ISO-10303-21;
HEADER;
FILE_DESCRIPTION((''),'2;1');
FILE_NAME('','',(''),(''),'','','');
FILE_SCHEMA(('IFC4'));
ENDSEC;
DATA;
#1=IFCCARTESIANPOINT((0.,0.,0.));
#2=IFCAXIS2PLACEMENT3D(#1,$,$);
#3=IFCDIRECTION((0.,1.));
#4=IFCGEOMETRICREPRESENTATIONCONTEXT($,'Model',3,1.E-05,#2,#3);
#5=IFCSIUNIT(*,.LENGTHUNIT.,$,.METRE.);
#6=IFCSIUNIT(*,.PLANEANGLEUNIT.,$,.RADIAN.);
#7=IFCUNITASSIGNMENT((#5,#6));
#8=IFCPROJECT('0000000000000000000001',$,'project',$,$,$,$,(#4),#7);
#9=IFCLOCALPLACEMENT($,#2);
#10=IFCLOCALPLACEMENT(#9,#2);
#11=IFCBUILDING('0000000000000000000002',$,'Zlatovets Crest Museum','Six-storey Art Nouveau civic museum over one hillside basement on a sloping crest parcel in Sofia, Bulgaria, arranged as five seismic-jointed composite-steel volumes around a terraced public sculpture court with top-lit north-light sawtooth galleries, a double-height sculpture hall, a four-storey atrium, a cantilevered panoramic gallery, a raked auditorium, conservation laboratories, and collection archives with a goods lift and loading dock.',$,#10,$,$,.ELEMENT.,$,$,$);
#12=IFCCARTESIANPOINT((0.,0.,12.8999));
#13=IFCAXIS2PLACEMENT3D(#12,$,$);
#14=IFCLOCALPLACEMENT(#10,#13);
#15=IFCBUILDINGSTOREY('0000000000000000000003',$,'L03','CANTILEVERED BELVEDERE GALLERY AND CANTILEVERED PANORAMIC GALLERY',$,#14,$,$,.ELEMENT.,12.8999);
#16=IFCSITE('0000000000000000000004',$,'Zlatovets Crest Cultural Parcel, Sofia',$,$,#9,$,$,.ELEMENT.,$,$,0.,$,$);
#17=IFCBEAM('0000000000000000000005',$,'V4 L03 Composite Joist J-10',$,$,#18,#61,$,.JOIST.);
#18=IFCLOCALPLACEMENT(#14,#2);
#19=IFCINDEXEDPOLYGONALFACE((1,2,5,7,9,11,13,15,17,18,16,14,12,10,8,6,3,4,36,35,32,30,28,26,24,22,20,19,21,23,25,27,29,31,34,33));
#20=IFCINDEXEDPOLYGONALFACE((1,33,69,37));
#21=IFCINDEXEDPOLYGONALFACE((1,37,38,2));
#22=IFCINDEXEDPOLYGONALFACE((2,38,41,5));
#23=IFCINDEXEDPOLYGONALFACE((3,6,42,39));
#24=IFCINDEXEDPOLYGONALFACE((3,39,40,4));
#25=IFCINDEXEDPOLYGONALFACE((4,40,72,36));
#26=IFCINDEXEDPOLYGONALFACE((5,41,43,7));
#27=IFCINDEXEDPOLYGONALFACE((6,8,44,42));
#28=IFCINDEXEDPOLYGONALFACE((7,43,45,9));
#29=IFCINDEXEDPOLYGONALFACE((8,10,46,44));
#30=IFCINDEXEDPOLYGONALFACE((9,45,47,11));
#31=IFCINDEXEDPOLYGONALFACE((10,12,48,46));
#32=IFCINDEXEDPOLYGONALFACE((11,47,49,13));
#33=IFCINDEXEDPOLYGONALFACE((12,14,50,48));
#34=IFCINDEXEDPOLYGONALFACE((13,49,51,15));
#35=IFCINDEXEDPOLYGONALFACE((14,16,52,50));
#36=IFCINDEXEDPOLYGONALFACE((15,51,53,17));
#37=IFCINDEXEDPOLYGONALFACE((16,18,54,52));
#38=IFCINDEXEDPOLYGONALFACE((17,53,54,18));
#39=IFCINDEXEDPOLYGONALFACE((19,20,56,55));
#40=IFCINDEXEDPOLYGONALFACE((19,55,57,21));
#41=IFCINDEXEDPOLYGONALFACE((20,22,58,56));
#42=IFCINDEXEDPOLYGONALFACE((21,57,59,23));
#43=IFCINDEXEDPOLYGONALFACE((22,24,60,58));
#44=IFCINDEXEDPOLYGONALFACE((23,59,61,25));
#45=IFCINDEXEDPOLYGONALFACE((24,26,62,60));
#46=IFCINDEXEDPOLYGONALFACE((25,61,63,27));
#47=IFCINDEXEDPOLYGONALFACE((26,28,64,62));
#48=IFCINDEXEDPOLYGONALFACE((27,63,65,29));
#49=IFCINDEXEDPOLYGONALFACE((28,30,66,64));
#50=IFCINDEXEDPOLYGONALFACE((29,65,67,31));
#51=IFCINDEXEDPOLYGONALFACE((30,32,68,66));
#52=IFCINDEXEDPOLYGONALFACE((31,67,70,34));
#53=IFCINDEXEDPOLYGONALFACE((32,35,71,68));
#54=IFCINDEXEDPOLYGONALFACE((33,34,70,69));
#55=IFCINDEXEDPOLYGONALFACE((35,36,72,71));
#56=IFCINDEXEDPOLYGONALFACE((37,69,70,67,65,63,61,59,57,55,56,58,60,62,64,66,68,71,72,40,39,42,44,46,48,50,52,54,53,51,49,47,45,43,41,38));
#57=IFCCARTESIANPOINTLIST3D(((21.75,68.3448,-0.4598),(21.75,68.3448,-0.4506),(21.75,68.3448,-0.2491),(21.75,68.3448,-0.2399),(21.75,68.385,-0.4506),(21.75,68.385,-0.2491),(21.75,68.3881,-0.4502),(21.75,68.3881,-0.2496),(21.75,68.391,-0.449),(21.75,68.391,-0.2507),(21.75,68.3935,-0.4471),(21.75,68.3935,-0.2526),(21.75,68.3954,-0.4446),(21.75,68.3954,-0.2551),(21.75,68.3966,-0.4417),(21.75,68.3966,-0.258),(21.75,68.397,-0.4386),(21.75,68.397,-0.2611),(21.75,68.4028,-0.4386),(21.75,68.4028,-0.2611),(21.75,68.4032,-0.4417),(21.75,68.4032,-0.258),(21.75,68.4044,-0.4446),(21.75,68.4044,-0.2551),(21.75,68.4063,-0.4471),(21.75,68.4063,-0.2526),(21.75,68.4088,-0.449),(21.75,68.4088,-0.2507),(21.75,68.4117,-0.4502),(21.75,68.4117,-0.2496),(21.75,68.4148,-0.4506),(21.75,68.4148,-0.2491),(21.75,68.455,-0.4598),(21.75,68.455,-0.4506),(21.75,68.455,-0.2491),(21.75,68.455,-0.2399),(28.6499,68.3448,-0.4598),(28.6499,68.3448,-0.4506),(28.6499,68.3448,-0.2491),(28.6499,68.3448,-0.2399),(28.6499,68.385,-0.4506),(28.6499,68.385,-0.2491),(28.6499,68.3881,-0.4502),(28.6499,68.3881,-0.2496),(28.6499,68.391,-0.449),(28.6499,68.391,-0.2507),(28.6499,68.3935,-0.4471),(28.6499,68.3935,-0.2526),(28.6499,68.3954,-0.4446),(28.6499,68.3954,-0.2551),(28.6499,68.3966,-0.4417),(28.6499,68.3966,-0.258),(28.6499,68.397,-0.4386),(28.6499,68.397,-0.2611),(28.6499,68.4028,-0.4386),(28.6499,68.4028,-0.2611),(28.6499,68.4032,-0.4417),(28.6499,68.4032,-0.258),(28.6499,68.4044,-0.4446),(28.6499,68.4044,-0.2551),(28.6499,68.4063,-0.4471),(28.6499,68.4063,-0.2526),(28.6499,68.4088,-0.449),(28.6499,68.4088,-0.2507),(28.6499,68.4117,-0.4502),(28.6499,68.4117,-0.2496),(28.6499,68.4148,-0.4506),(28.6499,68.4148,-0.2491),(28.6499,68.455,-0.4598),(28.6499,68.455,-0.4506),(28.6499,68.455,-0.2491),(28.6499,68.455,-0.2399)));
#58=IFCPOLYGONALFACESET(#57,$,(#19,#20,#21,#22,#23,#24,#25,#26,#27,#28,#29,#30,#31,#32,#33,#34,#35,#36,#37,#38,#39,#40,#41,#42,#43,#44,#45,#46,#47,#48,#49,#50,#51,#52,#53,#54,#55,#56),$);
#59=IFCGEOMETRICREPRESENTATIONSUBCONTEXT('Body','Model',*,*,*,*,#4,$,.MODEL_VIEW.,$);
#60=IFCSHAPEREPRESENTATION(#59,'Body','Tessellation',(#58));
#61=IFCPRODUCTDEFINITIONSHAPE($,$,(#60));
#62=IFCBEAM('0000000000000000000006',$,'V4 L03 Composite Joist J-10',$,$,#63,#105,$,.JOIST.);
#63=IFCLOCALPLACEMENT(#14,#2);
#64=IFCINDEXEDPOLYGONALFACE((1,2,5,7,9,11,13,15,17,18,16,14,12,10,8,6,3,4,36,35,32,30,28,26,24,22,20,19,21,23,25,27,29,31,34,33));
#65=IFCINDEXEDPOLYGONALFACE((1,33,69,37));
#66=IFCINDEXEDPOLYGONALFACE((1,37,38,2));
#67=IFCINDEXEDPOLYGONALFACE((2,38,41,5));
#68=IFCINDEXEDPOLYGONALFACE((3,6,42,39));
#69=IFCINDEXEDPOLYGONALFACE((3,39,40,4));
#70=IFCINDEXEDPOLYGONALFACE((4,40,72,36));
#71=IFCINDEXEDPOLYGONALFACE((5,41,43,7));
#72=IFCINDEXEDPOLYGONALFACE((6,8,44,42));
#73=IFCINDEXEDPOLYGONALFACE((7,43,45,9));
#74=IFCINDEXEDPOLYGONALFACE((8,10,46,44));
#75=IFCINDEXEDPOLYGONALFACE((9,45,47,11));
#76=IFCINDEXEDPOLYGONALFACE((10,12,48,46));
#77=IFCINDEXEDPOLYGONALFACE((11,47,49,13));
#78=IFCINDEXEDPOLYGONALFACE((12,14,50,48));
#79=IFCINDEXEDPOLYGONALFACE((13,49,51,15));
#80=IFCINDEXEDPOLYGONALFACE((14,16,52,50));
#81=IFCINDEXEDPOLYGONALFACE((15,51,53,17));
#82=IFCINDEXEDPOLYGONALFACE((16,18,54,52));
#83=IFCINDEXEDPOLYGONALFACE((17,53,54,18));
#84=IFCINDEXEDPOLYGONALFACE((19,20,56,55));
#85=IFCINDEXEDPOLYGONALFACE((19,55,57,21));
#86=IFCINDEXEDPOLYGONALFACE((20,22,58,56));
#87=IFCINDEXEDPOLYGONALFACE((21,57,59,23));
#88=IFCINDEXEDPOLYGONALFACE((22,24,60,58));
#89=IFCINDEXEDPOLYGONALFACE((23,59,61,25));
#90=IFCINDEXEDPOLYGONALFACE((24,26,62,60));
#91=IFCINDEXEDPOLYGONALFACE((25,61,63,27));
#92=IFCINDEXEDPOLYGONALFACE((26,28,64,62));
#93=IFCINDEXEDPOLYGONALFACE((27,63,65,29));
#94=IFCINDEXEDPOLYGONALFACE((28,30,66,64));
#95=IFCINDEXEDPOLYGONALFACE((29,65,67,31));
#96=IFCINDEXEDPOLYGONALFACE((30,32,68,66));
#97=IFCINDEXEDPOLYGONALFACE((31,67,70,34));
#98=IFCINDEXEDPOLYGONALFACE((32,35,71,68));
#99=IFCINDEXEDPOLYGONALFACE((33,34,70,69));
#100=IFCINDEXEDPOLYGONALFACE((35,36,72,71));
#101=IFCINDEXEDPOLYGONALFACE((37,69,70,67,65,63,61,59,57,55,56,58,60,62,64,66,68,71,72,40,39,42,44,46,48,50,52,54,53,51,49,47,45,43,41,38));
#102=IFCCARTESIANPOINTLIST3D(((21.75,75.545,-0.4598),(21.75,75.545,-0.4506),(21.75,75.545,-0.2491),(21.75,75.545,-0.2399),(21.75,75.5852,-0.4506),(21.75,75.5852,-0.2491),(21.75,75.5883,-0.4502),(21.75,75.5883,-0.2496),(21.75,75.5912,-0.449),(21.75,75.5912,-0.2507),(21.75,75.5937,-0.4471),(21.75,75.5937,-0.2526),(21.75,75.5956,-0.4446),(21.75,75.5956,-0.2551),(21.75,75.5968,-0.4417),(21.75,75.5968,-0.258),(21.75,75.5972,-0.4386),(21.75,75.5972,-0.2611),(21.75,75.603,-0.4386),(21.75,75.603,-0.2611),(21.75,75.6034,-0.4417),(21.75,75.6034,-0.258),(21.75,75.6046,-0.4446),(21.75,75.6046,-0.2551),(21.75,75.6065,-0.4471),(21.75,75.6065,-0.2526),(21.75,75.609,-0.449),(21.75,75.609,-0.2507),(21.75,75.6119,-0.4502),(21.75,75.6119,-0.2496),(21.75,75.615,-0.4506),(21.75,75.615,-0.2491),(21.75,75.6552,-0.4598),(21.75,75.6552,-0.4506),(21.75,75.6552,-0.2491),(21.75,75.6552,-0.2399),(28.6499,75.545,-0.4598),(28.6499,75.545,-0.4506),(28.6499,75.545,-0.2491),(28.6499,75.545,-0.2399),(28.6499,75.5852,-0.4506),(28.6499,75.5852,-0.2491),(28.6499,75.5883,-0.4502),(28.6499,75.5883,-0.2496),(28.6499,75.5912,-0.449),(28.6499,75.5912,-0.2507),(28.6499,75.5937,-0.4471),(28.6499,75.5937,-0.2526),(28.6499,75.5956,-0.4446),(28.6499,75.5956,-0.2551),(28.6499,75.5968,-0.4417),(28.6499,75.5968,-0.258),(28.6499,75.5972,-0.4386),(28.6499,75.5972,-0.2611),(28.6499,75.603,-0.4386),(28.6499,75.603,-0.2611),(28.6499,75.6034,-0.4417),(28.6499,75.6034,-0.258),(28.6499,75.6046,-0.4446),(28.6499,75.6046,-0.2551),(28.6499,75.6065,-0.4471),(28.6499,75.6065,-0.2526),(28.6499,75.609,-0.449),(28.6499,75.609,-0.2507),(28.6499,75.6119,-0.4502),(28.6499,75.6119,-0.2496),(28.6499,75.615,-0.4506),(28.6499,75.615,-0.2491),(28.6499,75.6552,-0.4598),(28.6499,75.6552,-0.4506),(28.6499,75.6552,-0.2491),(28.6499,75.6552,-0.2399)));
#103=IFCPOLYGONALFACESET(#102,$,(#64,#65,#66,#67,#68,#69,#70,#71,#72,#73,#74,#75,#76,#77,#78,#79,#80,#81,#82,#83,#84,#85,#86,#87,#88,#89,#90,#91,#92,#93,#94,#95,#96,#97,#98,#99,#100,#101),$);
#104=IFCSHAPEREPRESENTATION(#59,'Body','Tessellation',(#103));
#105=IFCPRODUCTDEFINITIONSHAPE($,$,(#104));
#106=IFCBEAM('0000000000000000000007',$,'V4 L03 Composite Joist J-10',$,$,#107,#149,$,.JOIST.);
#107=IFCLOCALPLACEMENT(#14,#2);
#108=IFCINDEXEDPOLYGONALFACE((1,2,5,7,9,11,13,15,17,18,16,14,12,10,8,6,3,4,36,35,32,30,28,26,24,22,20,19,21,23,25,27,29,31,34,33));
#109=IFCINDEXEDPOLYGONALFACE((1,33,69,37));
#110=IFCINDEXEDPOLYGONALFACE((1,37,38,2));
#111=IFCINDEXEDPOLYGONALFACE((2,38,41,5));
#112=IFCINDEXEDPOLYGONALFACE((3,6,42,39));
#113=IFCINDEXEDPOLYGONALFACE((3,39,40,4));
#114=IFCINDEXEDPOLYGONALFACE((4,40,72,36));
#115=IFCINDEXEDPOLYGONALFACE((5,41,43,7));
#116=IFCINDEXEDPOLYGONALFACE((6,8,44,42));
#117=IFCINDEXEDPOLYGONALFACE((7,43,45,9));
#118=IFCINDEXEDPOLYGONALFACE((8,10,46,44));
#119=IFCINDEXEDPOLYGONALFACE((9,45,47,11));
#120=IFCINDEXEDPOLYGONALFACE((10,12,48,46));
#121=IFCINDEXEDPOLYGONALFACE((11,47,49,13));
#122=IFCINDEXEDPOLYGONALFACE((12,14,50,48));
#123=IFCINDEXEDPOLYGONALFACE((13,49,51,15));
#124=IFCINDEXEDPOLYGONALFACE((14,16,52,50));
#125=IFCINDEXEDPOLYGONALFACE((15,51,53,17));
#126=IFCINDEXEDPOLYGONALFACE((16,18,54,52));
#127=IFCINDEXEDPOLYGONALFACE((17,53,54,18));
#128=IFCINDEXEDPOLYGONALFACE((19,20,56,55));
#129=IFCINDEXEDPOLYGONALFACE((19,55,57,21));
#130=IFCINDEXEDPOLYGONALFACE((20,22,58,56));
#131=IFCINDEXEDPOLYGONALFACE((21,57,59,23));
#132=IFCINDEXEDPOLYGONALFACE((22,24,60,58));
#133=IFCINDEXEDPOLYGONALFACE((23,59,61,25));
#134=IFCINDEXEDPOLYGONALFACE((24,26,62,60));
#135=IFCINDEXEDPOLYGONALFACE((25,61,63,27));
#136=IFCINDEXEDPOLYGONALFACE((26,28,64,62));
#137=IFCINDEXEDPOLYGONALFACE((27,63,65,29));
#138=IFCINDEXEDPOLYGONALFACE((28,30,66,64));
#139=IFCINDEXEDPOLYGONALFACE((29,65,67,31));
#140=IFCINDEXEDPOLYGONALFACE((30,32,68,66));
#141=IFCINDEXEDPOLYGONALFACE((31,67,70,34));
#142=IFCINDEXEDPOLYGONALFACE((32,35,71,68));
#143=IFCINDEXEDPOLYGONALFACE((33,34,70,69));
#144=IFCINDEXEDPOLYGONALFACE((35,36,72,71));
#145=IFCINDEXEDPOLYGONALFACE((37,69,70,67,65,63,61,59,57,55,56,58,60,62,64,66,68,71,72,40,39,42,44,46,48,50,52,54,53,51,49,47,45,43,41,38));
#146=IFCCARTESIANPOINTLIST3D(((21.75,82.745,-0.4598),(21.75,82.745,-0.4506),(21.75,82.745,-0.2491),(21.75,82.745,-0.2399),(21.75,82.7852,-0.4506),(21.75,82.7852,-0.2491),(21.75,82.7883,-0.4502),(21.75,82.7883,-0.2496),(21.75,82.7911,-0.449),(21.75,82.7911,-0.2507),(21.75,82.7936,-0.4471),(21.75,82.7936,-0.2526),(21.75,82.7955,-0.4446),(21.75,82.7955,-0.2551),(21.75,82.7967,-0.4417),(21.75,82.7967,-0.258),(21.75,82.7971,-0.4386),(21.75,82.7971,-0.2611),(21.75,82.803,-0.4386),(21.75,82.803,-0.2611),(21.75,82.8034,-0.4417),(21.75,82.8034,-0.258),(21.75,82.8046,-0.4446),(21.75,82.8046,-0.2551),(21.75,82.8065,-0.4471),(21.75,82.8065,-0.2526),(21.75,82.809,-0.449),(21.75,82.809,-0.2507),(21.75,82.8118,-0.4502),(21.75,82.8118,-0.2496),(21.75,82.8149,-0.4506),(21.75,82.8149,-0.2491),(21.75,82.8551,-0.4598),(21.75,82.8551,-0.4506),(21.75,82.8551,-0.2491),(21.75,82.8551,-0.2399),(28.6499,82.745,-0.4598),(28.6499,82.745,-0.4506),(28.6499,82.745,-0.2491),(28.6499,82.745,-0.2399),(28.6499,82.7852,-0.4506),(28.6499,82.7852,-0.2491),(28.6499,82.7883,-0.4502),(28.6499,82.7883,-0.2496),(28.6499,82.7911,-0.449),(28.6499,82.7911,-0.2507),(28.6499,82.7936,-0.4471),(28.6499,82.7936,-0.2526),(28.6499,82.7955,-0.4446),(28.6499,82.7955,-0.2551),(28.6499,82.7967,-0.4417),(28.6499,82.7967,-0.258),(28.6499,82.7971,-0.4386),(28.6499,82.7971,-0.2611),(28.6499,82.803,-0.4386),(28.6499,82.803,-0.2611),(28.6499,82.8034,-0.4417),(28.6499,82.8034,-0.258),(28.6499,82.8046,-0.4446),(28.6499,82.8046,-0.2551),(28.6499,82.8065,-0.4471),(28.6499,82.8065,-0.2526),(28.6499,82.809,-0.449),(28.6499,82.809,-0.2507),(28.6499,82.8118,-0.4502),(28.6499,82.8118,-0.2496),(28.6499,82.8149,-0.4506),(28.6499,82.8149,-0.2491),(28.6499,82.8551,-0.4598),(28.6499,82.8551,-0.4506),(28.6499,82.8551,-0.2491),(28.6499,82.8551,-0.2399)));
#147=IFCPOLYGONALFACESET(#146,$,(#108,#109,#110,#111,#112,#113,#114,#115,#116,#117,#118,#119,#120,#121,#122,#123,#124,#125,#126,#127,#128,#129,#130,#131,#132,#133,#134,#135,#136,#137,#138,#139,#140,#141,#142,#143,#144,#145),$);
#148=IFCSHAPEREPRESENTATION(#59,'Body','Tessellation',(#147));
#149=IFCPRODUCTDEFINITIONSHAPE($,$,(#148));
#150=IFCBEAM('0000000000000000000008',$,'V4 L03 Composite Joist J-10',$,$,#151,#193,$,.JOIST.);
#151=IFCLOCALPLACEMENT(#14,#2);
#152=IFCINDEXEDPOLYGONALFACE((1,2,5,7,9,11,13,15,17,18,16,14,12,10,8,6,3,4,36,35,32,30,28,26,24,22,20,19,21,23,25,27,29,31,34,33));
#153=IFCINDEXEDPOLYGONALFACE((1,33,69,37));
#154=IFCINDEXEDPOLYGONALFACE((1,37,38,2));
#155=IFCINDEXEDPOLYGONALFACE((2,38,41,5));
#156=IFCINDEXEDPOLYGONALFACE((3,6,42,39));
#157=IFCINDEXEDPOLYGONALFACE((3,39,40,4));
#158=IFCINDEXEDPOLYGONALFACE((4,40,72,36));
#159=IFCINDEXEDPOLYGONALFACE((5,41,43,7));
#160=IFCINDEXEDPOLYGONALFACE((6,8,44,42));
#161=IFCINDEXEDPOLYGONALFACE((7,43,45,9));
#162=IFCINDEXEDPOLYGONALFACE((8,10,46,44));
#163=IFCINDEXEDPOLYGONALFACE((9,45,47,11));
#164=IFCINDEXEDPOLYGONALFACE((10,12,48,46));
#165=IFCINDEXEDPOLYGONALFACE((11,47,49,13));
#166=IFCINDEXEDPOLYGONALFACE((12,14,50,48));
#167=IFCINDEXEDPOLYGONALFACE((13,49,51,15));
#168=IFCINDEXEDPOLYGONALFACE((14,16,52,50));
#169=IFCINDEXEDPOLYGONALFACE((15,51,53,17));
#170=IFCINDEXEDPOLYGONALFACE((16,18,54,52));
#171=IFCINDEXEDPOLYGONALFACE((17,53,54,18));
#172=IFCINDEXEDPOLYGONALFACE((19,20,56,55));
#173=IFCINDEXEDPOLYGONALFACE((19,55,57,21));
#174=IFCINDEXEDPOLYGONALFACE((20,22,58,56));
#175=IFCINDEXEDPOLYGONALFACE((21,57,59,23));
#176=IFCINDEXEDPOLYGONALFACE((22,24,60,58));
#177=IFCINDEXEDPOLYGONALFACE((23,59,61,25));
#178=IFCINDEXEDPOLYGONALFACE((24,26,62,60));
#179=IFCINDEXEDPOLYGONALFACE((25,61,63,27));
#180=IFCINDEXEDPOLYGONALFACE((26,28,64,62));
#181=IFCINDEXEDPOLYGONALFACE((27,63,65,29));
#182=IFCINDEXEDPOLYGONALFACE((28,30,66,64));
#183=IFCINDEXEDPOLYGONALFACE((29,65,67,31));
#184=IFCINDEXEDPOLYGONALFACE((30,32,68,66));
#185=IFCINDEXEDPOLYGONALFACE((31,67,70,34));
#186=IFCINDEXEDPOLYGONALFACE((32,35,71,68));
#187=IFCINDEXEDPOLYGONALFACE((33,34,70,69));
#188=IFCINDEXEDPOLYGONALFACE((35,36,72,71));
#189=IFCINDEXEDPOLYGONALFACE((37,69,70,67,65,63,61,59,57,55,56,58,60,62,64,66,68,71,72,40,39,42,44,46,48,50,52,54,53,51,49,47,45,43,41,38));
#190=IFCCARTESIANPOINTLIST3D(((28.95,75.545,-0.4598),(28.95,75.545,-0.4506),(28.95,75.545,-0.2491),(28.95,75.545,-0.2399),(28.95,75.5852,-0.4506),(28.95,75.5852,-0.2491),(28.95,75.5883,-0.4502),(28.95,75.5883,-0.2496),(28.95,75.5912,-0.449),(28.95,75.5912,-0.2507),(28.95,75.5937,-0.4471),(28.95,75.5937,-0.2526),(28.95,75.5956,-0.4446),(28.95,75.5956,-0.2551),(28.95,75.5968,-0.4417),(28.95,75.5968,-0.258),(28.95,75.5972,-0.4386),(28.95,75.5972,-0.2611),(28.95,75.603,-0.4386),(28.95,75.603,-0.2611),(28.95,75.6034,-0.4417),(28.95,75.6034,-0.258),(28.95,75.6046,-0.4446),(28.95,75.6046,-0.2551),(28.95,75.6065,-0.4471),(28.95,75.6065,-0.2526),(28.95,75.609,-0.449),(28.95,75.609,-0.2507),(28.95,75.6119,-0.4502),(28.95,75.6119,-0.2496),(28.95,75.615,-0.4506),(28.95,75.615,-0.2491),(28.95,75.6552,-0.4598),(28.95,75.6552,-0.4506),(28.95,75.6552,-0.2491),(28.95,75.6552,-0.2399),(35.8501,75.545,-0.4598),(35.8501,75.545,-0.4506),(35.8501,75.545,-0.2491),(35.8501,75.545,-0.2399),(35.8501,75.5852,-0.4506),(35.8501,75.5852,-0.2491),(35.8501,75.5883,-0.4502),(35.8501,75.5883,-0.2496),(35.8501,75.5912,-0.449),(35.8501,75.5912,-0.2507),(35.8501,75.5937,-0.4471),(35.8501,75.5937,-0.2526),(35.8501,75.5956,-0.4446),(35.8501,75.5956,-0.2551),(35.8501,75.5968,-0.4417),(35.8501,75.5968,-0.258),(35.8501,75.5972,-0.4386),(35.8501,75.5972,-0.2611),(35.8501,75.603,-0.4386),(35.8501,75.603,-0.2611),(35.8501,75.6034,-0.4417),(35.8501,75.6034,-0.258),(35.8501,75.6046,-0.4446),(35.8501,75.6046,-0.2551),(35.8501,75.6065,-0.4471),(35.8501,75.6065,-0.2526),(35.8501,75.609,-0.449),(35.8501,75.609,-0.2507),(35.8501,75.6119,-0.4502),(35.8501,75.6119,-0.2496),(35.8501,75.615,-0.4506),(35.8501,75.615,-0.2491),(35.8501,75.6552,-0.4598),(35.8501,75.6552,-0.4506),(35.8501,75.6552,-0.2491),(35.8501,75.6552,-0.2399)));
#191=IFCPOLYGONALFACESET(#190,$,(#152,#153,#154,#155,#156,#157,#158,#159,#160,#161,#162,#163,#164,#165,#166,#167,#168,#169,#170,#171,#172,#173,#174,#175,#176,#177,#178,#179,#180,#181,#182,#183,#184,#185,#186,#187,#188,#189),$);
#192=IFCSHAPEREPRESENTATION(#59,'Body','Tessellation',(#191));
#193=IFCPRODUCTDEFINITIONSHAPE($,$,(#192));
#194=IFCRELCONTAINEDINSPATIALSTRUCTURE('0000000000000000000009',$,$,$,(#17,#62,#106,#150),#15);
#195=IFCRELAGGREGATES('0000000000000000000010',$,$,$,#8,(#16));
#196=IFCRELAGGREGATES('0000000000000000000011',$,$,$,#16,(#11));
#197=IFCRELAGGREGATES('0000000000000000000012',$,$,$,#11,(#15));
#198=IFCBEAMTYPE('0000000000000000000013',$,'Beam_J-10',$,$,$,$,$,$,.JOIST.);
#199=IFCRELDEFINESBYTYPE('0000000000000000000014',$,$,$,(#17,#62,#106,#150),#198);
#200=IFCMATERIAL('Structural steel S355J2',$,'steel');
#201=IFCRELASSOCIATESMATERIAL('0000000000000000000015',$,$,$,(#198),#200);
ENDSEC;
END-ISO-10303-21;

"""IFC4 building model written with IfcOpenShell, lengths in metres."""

from ifc_helpers import new_model, si_unit, direction, frame, origin, origin_2d, place, context, subcontext, project, spatial, i_section, extrude, material, material_profile, profile_set, type_object, element, save


model = new_model("IFC4")

# Units and contexts
model_context = context("Model", 3, precision=1e-05, world=origin(), true_north=direction((0.0, 1.0)))
body_context = subcontext(model_context, "Body", "Model", "MODEL_VIEW")
ifc_project = project(units=[si_unit("LENGTHUNIT", "METRE"), si_unit("PLANEANGLEUNIT", "RADIAN")], contexts=[model_context])

# Site, building, storey
site_placement = place(None, origin())
site = spatial("IfcSite", under=ifc_project, at=site_placement, Name="Zlatovets Crest Cultural Parcel, Sofia", CompositionType="ELEMENT", RefElevation=0.0)
building_placement = place(site_placement, origin())
building = spatial("IfcBuilding", under=site, at=building_placement, Name="Zlatovets Crest Museum", Description="Six-storey Art Nouveau civic museum over one hillside basement on a sloping crest parcel in Sofia, Bulgaria, arranged as five seismic-jointed composite-steel volumes around a terraced public sculpture court with top-lit north-light sawtooth galleries, a double-height sculpture hall, a four-storey atrium, a cantilevered panoramic gallery, a raked auditorium, conservation laboratories, and collection archives with a goods lift and loading dock.", CompositionType="ELEMENT")
storey_placement = place(building_placement, frame((0.0, 0.0, 12.8999)))
storey = spatial("IfcBuildingStorey", under=building, at=storey_placement, Name="L03", Description="CANTILEVERED BELVEDERE GALLERY AND CANTILEVERED PANORAMIC GALLERY", CompositionType="ELEMENT", Elevation=12.8999)

# Shared definitions
ifc_material_1 = material(Name="Structural steel S355J2", Category="steel")

# Beams
ifc_material_profile_1 = material_profile(ifc_material_1, i_section(OverallWidth=0.1101, OverallDepth=0.22, WebThickness=0.0059, FlangeThickness=0.0093, FilletRadius=0.012, at=origin_2d()), Name="IPE 220")
ifc_profile_set_1 = profile_set([ifc_material_profile_1], Name="Structural steel S355J2")
beam_type_1 = type_object("IfcBeamType", Name="Beam_J-10", PredefinedType="JOIST", material=ifc_profile_set_1)
for number, where, z_axis, x_axis, name in (
    (1, (21.75, 68.3999, -0.3499), (1.0, 0.0, 0.0), (0.0, 1.0, 0.0), "V4 L03 Composite Joist J-10"),
    (2, (21.75, 75.6001, -0.3499), (1.0, 0.0, 0.0), (0.0, 1.0, 0.0), "V4 L03 Composite Joist J-10"),
    (3, (21.75, 82.8, -0.3499), (1.0, 0.0, 0.0), (0.0, 1.0, 0.0), "V4 L03 Composite Joist J-10"),
):
    element("IfcBeam", number, at=place(storey_placement, frame(where, z_axis=z_axis, x_axis=x_axis)), inside=storey, type_object=beam_type_1, Name=name, PredefinedType="JOIST", context=body_context, shape_type="SweptSolid", body=[
        extrude(i_section(OverallWidth=0.1101, OverallDepth=0.22, WebThickness=0.0059, FlangeThickness=0.0093, FilletRadius=0.012, at=origin_2d()), origin(), (0.0, 0.0, 1.0), 6.8999),
    ])
for number, where, z_axis, x_axis, name in (
    (4, (28.95, 75.6001, -0.3499), (1.0, 0.0, 0.0), (0.0, 1.0, 0.0), "V4 L03 Composite Joist J-10"),
):
    element("IfcBeam", number, at=place(storey_placement, frame(where, z_axis=z_axis, x_axis=x_axis)), inside=storey, type_object=beam_type_1, Name=name, PredefinedType="JOIST", context=body_context, shape_type="SweptSolid", body=[
        extrude(i_section(OverallWidth=0.1101, OverallDepth=0.22, WebThickness=0.0059, FlangeThickness=0.0093, FilletRadius=0.012, at=origin_2d()), origin(), (0.0, 0.0, 1.0), 6.9001),
    ])

save(model, "model.ifc")
